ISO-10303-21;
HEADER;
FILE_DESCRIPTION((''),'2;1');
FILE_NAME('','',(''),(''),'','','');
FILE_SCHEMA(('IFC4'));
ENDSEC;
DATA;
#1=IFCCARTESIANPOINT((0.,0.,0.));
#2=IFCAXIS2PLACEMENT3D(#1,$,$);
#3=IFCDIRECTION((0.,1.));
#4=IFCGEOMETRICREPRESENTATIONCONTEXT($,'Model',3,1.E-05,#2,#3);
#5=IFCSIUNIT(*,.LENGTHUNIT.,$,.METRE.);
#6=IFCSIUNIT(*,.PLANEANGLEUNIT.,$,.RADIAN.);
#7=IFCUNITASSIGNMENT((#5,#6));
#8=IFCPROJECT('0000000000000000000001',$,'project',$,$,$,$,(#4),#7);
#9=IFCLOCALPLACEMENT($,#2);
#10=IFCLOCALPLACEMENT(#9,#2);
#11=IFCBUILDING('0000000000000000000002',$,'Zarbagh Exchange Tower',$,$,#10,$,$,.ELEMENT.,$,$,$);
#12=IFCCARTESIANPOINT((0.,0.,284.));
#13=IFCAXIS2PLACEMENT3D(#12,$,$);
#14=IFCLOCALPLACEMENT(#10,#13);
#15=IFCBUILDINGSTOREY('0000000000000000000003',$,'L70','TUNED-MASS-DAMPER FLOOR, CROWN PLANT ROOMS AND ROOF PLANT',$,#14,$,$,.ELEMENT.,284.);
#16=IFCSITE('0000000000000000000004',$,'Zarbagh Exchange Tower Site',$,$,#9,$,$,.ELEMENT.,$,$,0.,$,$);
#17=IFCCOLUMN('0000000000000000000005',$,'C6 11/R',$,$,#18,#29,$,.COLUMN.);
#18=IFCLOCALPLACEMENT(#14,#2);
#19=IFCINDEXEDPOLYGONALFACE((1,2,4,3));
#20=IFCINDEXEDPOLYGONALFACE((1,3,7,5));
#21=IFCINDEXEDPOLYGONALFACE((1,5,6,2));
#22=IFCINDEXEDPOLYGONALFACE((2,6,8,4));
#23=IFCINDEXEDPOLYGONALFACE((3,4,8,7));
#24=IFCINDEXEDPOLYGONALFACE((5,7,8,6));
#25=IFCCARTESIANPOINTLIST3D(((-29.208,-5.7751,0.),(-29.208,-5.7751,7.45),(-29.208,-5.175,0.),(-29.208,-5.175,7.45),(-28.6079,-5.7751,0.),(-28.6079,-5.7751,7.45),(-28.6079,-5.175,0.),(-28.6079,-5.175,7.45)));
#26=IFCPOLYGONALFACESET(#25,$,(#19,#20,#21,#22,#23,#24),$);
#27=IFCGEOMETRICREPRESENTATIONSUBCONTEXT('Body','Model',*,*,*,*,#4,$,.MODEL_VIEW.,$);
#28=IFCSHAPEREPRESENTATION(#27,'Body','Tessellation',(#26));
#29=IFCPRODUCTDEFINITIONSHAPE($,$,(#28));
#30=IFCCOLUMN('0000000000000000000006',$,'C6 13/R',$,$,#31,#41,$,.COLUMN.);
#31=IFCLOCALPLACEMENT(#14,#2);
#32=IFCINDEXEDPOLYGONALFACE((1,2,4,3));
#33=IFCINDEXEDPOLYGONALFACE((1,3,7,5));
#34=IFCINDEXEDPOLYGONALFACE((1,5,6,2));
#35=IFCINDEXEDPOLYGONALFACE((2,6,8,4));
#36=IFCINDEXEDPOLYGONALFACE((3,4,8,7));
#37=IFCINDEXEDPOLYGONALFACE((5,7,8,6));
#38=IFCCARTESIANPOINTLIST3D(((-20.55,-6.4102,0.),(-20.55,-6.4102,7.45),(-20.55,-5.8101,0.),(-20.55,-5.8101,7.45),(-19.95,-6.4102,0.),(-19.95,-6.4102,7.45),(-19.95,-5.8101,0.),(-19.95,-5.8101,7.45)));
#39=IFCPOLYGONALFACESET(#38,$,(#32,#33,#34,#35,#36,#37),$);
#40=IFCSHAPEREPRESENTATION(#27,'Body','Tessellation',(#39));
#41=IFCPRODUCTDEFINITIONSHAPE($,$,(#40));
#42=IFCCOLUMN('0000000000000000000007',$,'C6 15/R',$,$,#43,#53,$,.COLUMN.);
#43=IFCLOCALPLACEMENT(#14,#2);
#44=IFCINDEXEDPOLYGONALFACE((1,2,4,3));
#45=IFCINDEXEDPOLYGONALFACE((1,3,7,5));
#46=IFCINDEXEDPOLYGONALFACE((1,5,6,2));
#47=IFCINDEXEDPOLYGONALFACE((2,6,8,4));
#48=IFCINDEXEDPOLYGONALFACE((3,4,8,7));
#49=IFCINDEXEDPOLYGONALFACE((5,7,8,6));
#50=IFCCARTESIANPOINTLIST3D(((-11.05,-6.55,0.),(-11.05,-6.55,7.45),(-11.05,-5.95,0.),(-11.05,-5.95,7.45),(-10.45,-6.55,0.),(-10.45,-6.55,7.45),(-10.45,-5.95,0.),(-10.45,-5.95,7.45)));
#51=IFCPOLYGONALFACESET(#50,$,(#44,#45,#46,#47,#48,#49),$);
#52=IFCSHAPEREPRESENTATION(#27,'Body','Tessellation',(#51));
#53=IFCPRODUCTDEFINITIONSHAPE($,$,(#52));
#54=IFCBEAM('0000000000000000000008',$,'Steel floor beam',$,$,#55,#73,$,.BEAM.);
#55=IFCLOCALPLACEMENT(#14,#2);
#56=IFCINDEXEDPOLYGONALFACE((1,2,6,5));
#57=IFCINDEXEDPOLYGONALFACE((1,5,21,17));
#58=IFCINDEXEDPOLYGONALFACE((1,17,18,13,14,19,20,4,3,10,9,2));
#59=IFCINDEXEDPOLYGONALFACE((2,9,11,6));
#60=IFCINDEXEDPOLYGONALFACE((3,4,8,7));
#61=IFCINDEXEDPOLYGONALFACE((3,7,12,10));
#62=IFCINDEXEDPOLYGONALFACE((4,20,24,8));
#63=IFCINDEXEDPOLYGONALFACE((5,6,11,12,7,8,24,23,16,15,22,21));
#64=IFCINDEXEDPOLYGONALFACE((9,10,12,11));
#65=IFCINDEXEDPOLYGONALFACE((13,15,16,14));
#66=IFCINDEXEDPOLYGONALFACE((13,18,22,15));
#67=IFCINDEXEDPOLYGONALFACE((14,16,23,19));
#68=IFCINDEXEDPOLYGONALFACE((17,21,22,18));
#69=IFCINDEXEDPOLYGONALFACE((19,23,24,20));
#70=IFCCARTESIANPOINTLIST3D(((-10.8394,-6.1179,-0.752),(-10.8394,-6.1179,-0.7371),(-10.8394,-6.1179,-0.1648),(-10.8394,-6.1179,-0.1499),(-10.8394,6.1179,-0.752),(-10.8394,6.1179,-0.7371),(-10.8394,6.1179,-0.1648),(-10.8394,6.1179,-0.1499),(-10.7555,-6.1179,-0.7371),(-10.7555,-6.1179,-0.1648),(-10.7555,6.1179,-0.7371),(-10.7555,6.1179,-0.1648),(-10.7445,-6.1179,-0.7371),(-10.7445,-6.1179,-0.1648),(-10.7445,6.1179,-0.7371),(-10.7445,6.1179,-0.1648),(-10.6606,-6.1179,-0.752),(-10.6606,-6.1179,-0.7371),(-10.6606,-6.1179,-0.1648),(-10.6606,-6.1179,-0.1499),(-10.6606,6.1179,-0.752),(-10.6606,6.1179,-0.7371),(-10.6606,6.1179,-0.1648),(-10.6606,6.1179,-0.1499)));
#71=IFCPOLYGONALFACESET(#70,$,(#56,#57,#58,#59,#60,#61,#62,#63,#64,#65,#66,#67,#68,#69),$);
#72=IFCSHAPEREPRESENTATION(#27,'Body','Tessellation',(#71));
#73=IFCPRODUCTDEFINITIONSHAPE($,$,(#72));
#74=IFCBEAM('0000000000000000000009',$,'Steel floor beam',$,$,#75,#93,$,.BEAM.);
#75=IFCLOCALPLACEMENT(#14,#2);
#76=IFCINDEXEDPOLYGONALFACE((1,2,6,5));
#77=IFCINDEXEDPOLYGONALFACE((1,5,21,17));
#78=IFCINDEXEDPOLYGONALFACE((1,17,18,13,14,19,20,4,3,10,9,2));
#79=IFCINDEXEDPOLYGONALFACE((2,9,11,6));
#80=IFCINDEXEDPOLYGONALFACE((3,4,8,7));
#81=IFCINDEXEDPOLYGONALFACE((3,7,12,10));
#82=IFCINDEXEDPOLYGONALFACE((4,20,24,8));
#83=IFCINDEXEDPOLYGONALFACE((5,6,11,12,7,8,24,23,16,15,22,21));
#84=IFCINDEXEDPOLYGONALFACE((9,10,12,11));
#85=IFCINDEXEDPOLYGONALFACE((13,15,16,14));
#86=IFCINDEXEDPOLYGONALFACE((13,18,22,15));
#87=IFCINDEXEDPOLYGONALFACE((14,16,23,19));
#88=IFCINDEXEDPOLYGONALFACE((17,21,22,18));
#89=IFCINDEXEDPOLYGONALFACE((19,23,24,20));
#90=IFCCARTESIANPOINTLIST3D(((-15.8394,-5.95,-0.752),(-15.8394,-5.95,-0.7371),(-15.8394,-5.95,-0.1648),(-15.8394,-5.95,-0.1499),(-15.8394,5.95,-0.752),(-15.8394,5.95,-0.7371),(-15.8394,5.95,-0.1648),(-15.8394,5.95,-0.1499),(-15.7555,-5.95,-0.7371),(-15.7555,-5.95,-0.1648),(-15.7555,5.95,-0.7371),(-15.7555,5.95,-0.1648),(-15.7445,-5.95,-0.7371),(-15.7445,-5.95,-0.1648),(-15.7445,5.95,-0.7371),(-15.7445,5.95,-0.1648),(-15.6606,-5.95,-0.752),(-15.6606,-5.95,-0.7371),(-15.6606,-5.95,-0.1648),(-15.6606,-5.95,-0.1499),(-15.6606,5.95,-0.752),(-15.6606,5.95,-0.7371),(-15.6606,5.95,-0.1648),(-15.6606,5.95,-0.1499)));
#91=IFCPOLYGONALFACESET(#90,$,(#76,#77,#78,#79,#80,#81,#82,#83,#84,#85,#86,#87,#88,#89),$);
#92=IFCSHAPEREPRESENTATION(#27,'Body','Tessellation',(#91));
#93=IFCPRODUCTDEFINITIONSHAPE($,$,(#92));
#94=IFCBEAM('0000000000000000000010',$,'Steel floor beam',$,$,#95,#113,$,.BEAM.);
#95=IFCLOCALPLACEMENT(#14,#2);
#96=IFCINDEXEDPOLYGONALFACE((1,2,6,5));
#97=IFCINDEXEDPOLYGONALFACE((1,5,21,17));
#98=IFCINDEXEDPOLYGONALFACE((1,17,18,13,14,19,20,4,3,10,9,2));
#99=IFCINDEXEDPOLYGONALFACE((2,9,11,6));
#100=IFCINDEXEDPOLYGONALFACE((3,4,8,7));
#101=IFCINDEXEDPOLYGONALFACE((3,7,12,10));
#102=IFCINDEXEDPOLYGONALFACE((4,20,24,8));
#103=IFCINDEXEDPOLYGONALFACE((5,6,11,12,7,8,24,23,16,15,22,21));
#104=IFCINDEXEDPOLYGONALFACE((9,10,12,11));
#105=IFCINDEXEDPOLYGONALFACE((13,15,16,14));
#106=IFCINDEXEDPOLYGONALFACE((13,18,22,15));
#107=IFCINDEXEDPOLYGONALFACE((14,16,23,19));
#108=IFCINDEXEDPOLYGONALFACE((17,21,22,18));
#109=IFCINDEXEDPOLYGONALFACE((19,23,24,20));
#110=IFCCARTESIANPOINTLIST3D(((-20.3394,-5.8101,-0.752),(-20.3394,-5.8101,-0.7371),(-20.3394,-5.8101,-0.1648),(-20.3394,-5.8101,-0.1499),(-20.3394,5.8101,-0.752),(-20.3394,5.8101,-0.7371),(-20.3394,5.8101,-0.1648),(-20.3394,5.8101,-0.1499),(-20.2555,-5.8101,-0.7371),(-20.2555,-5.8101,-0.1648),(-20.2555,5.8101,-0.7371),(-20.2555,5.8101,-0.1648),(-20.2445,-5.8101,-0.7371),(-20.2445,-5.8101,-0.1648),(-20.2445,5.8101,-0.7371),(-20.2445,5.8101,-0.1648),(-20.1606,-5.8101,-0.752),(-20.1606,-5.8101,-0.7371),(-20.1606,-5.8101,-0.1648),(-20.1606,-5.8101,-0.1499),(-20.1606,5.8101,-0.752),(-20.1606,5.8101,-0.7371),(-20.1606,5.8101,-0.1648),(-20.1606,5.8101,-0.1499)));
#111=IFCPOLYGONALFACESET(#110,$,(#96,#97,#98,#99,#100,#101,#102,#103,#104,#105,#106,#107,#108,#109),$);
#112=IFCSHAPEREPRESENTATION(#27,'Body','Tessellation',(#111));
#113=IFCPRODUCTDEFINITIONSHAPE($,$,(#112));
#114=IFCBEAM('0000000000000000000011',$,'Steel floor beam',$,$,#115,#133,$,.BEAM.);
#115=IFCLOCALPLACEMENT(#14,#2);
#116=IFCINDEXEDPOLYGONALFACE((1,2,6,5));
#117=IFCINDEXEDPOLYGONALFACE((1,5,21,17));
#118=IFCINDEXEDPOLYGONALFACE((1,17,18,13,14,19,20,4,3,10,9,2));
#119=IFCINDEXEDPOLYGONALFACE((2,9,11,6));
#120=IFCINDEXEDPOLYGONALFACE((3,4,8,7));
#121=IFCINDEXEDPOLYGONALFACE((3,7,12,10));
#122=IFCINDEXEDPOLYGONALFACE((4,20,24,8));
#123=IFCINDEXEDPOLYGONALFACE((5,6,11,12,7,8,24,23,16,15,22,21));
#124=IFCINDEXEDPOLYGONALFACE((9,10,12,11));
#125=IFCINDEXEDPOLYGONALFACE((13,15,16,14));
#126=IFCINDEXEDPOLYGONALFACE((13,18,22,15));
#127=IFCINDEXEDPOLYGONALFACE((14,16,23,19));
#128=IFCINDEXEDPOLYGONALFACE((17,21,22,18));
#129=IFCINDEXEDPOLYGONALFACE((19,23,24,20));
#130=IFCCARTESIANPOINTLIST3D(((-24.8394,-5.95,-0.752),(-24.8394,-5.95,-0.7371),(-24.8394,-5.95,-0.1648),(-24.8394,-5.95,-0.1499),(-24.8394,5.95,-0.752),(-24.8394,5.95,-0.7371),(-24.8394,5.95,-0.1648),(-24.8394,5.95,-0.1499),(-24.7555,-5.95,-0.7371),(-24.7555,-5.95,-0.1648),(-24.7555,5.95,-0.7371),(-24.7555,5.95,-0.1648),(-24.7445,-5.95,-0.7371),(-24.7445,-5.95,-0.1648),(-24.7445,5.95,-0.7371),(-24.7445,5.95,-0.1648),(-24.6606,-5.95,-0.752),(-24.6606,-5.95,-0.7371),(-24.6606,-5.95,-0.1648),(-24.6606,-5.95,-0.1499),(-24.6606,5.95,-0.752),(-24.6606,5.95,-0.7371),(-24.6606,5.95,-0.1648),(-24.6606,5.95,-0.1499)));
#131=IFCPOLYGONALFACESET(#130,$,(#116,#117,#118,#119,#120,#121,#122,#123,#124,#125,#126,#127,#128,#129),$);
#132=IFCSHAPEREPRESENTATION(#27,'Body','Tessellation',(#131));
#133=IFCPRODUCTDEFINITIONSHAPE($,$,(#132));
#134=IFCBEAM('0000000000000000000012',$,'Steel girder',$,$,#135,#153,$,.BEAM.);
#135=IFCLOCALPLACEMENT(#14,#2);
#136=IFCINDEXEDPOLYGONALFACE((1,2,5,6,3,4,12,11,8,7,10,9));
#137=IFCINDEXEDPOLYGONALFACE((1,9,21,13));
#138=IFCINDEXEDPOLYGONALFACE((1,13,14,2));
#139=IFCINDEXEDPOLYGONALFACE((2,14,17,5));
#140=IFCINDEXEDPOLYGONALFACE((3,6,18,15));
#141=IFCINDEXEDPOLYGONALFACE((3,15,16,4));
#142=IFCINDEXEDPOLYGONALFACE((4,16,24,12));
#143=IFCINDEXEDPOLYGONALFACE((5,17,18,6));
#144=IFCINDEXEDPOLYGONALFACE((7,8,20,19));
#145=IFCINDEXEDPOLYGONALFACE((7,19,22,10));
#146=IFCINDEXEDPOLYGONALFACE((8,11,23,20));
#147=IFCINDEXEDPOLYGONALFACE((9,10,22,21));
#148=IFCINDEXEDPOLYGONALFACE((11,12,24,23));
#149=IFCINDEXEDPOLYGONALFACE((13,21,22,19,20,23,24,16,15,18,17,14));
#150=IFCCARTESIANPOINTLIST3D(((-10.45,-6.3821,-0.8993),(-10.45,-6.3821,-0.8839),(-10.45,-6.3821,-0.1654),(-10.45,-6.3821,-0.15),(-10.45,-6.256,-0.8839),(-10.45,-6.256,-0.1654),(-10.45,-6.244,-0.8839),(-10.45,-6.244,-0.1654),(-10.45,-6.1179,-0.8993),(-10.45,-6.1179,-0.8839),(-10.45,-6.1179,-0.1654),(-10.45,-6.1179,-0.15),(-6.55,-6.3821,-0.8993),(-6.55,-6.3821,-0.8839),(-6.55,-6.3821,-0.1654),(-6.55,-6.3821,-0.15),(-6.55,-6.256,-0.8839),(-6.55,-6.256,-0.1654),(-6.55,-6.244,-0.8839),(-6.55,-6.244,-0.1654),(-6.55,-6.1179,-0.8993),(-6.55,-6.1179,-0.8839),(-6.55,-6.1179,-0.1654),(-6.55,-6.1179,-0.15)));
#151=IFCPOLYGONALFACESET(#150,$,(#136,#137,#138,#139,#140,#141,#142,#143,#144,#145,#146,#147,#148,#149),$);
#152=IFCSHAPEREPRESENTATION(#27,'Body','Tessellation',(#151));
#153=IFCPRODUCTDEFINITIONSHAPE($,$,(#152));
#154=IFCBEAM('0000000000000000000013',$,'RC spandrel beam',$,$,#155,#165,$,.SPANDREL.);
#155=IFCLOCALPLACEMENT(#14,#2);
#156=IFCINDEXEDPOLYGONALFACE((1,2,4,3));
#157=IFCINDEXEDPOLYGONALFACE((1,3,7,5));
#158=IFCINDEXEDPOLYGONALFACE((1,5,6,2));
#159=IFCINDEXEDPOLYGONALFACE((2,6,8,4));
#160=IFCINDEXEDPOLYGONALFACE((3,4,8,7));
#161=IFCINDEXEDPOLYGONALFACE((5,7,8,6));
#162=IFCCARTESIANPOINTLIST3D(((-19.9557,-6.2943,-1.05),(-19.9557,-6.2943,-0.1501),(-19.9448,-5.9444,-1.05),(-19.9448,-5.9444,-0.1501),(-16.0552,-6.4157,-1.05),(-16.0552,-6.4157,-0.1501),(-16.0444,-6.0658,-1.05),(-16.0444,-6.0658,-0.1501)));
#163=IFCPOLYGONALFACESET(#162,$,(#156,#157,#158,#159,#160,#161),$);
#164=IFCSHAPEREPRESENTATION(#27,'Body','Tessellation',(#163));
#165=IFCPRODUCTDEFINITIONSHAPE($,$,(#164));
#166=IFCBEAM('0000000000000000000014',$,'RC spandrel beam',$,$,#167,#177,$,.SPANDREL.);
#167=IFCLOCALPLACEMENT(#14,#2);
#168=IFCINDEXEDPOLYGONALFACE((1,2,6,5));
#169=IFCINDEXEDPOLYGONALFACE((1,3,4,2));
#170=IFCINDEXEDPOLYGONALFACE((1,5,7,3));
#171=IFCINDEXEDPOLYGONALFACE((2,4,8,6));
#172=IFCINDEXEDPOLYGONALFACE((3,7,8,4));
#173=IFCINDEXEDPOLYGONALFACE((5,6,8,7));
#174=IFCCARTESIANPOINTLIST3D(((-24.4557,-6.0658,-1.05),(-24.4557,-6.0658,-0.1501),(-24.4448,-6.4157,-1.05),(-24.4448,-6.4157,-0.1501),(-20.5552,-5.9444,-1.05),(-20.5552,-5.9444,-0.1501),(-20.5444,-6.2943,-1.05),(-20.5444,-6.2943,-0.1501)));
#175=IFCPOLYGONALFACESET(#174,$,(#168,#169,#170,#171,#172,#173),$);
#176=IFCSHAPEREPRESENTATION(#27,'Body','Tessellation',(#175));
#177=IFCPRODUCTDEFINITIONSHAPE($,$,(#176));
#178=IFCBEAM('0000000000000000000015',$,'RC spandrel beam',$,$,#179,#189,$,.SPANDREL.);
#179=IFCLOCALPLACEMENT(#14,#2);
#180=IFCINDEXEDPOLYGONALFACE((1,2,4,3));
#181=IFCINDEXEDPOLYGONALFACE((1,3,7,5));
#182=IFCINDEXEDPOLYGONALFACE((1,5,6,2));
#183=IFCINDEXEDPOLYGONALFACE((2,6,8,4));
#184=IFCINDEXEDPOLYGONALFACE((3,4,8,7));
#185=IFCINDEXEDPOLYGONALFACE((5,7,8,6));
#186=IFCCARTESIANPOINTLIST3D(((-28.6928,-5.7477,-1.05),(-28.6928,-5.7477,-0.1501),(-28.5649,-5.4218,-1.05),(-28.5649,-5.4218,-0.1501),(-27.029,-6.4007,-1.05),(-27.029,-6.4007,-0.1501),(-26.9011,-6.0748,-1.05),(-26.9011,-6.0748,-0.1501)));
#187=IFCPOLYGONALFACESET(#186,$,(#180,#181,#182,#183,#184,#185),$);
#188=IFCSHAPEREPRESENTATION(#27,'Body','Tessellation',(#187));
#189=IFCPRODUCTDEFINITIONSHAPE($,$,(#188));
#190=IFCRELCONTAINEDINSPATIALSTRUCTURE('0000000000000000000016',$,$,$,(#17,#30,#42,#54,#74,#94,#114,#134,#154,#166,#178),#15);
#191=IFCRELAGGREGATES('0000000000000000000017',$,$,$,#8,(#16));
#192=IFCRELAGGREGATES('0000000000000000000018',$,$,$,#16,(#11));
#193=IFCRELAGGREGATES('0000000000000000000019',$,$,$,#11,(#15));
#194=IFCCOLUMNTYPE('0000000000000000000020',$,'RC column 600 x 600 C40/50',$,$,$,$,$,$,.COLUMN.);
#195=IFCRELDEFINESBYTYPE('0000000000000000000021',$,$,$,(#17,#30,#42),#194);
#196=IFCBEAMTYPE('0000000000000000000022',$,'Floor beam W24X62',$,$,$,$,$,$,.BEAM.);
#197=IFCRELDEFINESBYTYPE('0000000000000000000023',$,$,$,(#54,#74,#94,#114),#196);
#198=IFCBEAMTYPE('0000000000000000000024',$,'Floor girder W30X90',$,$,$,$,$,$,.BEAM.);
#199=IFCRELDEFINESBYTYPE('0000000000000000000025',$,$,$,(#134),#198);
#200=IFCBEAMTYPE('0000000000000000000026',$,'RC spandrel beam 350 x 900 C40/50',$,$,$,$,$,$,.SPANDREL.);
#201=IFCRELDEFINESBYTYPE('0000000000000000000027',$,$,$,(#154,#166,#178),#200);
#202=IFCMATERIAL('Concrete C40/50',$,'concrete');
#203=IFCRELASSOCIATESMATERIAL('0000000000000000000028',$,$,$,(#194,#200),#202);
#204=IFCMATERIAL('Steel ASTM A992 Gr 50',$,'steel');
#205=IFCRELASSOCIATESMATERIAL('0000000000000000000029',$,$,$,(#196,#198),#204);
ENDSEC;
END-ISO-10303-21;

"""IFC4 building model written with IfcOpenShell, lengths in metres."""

from ifc_helpers import new_model, si_unit, direction, frame, origin, origin_2d, place, context, subcontext, project, spatial, rectangle, i_section, extrude, material, material_profile, profile_set, type_object, element, save


model = new_model("IFC4")

# Units and contexts
model_context = context("Model", 3, precision=1e-05, world=origin(), true_north=direction((0.0, 1.0)))
body_context = subcontext(model_context, "Body", "Model", "MODEL_VIEW")
ifc_project = project(units=[si_unit("LENGTHUNIT", "METRE"), si_unit("PLANEANGLEUNIT", "RADIAN")], contexts=[model_context])

# Site, building, storey
site_placement = place(None, origin())
site = spatial("IfcSite", under=ifc_project, at=site_placement, Name="Zarbagh Exchange Tower Site", CompositionType="ELEMENT", RefElevation=0.0)
building_placement = place(site_placement, origin())
building = spatial("IfcBuilding", under=site, at=building_placement, Name="Zarbagh Exchange Tower", CompositionType="ELEMENT")
storey_placement = place(building_placement, frame((0.0, 0.0, 284.0)))
storey = spatial("IfcBuildingStorey", under=building, at=storey_placement, Name="L70", Description="TUNED-MASS-DAMPER FLOOR, CROWN PLANT ROOMS AND ROOF PLANT", CompositionType="ELEMENT", Elevation=284.0)

# Columns
ifc_material_1 = material(Name="Concrete C40/50", Category="concrete")
ifc_material_profile_1 = material_profile(ifc_material_1, rectangle(XDim=0.6001, YDim=0.6001, at=origin_2d()), Name="RC column 600 x 600 C40/50")
ifc_profile_set_1 = profile_set([ifc_material_profile_1], Name="Concrete C40/50")
column_type = type_object("IfcColumnType", Name="RC column 600 x 600 C40/50", PredefinedType="COLUMN", material=ifc_profile_set_1)
for number, where, z_axis, x_axis, name in (
    (1, (-28.908, -5.4751, 0.0), (0.0, 0.0, 1.0), (1.0, 0.0, 0.0), "C6 11/R"),
    (2, (-20.25, -6.1101, 0.0), (0.0, 0.0, 1.0), (1.0, 0.0, 0.0), "C6 13/R"),
    (3, (-10.75, -6.25, 0.0), (0.0, 0.0, 1.0), (1.0, 0.0, 0.0), "C6 15/R"),
):
    element("IfcColumn", number, at=place(storey_placement, frame(where, z_axis=z_axis, x_axis=x_axis)), inside=storey, type_object=column_type, Name=name, PredefinedType="COLUMN", context=body_context, shape_type="SweptSolid", body=[
        extrude(rectangle(XDim=0.6001, YDim=0.6001, at=origin_2d()), origin(), (0.0, 0.0, 1.0), 7.45),
    ])

# Beams
ifc_material_2 = material(Name="Steel ASTM A992 Gr 50", Category="steel")
ifc_material_profile_2 = material_profile(ifc_material_2, i_section(OverallWidth=0.1787, OverallDepth=0.6021, WebThickness=0.011, FlangeThickness=0.0149, at=origin_2d()), Name="W24X62")
ifc_profile_set_2 = profile_set([ifc_material_profile_2], Name="Steel ASTM A992 Gr 50")
beam_type_1 = type_object("IfcBeamType", Name="Floor beam W24X62", PredefinedType="BEAM", material=ifc_profile_set_2)
beam_1_placement = place(storey_placement, frame((-10.75, -6.1179, -0.4509), z_axis=(0.0, 1.0, 0.0), x_axis=(-1.0, 0.0, 0.0)))
element("IfcBeam", 4, at=beam_1_placement, inside=storey, type_object=beam_type_1, Name="Steel floor beam", PredefinedType="BEAM", context=body_context, shape_type="SweptSolid", body=[
    extrude(i_section(OverallWidth=0.1787, OverallDepth=0.6021, WebThickness=0.011, FlangeThickness=0.0149, at=origin_2d()), origin(), (0.0, 0.0, 1.0), 12.2358),
])
beam_2_placement = place(storey_placement, frame((-15.75, -5.95, -0.4509), z_axis=(0.0, 1.0, 0.0), x_axis=(-1.0, 0.0, 0.0)))
element("IfcBeam", 5, at=beam_2_placement, inside=storey, type_object=beam_type_1, Name="Steel floor beam", PredefinedType="BEAM", context=body_context, shape_type="SweptSolid", body=[
    extrude(i_section(OverallWidth=0.1787, OverallDepth=0.6021, WebThickness=0.011, FlangeThickness=0.0149, at=origin_2d()), origin(), (0.0, 0.0, 1.0), 11.8999),
])
beam_3_placement = place(storey_placement, frame((-20.25, -5.8101, -0.4509), z_axis=(0.0, 1.0, 0.0), x_axis=(-1.0, 0.0, 0.0)))
element("IfcBeam", 6, at=beam_3_placement, inside=storey, type_object=beam_type_1, Name="Steel floor beam", PredefinedType="BEAM", context=body_context, shape_type="SweptSolid", body=[
    extrude(i_section(OverallWidth=0.1787, OverallDepth=0.6021, WebThickness=0.011, FlangeThickness=0.0149, at=origin_2d()), origin(), (0.0, 0.0, 1.0), 11.6201),
])
beam_4_placement = place(storey_placement, frame((-24.75, -5.95, -0.4509), z_axis=(0.0, 1.0, 0.0), x_axis=(-1.0, 0.0, 0.0)))
element("IfcBeam", 7, at=beam_4_placement, inside=storey, type_object=beam_type_1, Name="Steel floor beam", PredefinedType="BEAM", context=body_context, shape_type="SweptSolid", body=[
    extrude(i_section(OverallWidth=0.1787, OverallDepth=0.6021, WebThickness=0.011, FlangeThickness=0.0149, at=origin_2d()), origin(), (0.0, 0.0, 1.0), 11.8999),
])
ifc_material_profile_3 = material_profile(ifc_material_2, i_section(OverallWidth=0.2642, OverallDepth=0.7493, WebThickness=0.012, FlangeThickness=0.0154, at=origin_2d()), Name="W30X90")
ifc_profile_set_3 = profile_set([ifc_material_profile_3], Name="Steel ASTM A992 Gr 50")
beam_type_2 = type_object("IfcBeamType", Name="Floor girder W30X90", PredefinedType="BEAM", material=ifc_profile_set_3)
beam_5_placement = place(storey_placement, frame((-10.45, -6.25, -0.5247), z_axis=(1.0, 0.0, 0.0), x_axis=(0.0, 1.0, 0.0)))
element("IfcBeam", 8, at=beam_5_placement, inside=storey, type_object=beam_type_2, Name="Steel girder", PredefinedType="BEAM", context=body_context, shape_type="SweptSolid", body=[
    extrude(i_section(OverallWidth=0.2642, OverallDepth=0.7493, WebThickness=0.012, FlangeThickness=0.0154, at=origin_2d()), origin(), (0.0, 0.0, 1.0), 3.8999),
])
ifc_material_profile_4 = material_profile(ifc_material_1, rectangle(XDim=0.3501, YDim=0.8999, at=origin_2d()), Name="RC spandrel beam 350 x 900 C40/50")
ifc_profile_set_4 = profile_set([ifc_material_profile_4], Name="Concrete C40/50")
beam_type_3 = type_object("IfcBeamType", Name="RC spandrel beam 350 x 900 C40/50", PredefinedType="SPANDREL", material=ifc_profile_set_4)
for number, where, z_axis, x_axis, name in (
    (9, (-16.0498, -6.2407, -0.6001), (-0.999516, 0.031094, 0.0), (-0.031094, -0.999516, 0.0), "RC spandrel beam"),
    (10, (-20.5498, -6.1194, -0.6001), (-0.999516, -0.031094, 0.0), (0.031094, -0.999516, 0.0), "RC spandrel beam"),
):
    element("IfcBeam", number, at=place(storey_placement, frame(where, z_axis=z_axis, x_axis=x_axis)), inside=storey, type_object=beam_type_3, Name=name, PredefinedType="SPANDREL", context=body_context, shape_type="SweptSolid", body=[
        extrude(rectangle(XDim=0.3501, YDim=0.8999, at=origin_2d()), origin(), (0.0, 0.0, 1.0), 3.9023),
    ])
beam_6_placement = place(storey_placement, frame((-26.9651, -6.2378, -0.6001), z_axis=(-0.930859, 0.365378, 0.0), x_axis=(-0.365378, -0.930859, 0.0)))
element("IfcBeam", 11, at=beam_6_placement, inside=storey, type_object=beam_type_3, Name="RC spandrel beam", PredefinedType="SPANDREL", context=body_context, shape_type="SweptSolid", body=[
    extrude(rectangle(XDim=0.3501, YDim=0.8999, at=origin_2d()), origin(), (0.0, 0.0, 1.0), 1.7874),
])

save(model, "model.ifc")
